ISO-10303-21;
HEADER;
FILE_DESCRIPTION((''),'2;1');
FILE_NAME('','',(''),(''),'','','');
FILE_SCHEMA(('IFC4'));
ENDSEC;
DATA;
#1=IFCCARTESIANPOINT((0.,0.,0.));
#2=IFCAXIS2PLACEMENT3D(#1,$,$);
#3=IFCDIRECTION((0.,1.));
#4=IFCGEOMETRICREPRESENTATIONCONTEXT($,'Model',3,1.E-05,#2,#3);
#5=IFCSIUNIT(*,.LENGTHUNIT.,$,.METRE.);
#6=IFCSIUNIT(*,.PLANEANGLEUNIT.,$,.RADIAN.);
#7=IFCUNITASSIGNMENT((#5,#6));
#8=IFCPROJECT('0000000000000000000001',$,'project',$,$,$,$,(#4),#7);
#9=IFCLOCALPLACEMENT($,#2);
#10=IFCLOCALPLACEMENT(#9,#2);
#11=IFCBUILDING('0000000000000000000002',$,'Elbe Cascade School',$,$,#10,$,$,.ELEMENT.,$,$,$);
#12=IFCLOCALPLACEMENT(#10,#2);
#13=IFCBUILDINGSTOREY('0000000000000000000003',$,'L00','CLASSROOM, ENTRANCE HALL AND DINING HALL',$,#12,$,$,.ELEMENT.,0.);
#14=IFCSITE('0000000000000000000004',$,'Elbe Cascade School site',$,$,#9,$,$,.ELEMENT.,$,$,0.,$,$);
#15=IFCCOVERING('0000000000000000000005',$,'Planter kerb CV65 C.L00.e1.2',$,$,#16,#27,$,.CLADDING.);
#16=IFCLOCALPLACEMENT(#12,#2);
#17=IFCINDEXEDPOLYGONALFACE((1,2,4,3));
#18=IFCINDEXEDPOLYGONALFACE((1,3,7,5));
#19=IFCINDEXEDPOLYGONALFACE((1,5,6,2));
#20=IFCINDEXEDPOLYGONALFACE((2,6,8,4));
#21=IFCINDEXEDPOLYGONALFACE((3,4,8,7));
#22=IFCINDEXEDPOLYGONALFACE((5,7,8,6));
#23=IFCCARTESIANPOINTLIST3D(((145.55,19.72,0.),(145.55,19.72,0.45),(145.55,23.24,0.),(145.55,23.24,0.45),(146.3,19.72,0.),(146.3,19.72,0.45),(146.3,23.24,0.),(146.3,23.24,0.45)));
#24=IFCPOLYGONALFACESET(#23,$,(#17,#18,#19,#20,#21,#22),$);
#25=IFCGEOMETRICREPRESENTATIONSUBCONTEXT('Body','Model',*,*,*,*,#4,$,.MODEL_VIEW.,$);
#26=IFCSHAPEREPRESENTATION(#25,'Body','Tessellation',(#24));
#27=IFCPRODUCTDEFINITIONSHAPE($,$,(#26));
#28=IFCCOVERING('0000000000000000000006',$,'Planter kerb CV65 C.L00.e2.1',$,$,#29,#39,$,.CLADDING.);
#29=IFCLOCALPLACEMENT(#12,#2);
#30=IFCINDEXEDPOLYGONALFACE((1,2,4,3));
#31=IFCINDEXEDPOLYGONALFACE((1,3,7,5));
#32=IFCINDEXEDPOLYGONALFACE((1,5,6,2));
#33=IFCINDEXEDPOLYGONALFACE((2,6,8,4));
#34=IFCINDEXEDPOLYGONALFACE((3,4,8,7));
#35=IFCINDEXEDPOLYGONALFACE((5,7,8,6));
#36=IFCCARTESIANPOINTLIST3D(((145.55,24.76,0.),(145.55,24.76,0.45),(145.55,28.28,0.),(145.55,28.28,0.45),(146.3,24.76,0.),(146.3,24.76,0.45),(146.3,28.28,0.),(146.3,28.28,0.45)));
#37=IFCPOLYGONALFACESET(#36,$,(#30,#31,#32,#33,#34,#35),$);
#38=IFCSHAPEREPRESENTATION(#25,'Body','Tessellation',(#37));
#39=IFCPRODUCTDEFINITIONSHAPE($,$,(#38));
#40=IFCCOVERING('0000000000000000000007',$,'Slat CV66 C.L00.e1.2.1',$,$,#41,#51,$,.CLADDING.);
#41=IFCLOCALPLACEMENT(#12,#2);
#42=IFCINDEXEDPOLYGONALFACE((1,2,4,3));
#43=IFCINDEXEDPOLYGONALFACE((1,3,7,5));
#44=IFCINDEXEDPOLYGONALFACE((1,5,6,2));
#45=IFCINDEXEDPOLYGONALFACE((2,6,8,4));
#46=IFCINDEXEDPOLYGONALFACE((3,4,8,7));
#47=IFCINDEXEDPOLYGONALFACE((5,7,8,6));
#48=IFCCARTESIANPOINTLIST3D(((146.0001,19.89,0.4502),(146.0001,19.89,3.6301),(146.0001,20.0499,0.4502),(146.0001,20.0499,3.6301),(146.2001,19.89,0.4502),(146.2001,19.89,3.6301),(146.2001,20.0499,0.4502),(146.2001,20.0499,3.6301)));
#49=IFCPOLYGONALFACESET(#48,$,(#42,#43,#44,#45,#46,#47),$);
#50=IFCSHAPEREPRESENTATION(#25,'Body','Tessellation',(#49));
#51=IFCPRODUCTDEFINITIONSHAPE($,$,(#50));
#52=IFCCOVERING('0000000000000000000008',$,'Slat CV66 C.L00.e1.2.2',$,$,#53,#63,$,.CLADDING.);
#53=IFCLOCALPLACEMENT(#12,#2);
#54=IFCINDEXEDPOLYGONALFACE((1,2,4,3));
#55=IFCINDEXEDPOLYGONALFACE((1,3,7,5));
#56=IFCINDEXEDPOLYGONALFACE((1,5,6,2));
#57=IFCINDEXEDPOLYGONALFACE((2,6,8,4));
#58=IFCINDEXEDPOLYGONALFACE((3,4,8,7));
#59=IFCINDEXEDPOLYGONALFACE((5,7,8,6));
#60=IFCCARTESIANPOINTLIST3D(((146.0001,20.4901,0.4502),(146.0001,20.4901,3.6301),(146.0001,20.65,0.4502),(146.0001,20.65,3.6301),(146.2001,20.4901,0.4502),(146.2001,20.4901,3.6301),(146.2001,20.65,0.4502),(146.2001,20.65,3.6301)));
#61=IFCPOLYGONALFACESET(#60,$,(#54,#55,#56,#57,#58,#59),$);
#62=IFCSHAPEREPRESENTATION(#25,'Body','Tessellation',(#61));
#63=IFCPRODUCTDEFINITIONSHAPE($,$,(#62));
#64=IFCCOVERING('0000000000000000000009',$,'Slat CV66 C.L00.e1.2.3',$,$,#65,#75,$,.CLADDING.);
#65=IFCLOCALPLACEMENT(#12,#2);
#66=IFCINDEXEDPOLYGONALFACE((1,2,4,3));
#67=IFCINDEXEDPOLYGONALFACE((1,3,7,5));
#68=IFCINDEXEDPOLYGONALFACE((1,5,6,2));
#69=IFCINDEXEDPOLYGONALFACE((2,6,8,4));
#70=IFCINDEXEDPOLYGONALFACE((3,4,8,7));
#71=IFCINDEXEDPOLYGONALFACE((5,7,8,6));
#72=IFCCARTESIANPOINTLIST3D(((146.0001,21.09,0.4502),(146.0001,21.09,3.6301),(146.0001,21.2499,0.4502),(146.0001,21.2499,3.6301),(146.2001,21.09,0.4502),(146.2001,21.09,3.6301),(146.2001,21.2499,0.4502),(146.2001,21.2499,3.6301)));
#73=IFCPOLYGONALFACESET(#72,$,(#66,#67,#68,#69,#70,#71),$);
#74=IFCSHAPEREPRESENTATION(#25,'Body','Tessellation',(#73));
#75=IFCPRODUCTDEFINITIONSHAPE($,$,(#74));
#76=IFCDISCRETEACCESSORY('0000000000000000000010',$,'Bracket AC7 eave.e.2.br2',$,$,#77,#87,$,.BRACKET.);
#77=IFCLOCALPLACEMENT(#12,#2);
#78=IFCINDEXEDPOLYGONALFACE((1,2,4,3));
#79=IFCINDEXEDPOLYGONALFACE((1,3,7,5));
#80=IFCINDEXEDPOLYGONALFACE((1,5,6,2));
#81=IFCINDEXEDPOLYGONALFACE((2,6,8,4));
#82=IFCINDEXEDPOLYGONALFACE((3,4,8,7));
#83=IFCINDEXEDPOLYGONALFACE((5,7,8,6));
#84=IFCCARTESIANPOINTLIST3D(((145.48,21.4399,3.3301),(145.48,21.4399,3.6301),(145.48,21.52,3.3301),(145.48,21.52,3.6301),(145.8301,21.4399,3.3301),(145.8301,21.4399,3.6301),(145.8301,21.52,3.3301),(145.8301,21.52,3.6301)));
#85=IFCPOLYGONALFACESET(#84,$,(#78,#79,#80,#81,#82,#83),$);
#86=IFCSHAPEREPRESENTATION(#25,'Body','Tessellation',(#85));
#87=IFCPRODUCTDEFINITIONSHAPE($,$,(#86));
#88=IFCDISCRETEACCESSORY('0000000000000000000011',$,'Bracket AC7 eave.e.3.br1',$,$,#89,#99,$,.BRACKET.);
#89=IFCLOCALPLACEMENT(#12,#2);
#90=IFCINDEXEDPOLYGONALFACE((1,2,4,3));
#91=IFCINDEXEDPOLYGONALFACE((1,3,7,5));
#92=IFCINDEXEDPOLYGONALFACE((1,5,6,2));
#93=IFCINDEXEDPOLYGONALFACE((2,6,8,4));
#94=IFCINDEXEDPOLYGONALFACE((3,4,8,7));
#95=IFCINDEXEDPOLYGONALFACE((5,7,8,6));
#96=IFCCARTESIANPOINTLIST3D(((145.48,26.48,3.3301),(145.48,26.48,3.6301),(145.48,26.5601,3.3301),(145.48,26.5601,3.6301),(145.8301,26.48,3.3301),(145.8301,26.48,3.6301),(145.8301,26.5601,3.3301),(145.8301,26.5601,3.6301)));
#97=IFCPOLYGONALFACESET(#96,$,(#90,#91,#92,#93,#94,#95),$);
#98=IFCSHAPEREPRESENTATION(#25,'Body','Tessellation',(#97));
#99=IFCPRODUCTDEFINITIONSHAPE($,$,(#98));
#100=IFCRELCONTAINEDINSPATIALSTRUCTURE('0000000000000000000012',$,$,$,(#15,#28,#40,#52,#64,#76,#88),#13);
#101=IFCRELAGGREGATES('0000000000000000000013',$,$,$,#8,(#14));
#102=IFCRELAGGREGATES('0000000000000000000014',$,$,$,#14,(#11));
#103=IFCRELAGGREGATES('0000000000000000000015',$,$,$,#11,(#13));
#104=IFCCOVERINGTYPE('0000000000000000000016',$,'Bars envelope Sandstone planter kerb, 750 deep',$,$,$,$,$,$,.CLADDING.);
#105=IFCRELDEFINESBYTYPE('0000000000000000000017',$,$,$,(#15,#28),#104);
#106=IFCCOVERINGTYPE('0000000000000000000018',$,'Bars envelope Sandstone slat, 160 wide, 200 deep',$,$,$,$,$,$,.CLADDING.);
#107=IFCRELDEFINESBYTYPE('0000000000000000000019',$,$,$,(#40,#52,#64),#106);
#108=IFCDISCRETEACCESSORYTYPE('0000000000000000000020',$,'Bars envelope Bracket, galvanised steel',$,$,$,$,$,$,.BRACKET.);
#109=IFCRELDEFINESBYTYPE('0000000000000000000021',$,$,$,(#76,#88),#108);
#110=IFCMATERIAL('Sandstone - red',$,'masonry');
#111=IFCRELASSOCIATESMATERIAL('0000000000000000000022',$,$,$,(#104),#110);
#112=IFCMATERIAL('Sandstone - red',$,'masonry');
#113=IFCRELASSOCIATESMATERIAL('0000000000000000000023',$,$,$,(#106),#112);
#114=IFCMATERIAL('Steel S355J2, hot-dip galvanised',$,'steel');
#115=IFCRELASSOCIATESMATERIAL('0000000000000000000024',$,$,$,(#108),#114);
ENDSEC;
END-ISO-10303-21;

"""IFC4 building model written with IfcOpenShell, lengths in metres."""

from ifc_helpers import new_model, si_unit, direction, frame, origin, origin_2d, place, context, subcontext, project, spatial, rectangle, extrude, material, type_object, element, save


model = new_model("IFC4")

# Units and contexts
model_context = context("Model", 3, precision=1e-05, world=origin(), true_north=direction((0.0, 1.0)))
body_context = subcontext(model_context, "Body", "Model", "MODEL_VIEW")
ifc_project = project(units=[si_unit("LENGTHUNIT", "METRE"), si_unit("PLANEANGLEUNIT", "RADIAN")], contexts=[model_context])

# Site, building, storey
site_placement = place(None, origin())
site = spatial("IfcSite", under=ifc_project, at=site_placement, Name="Elbe Cascade School site", CompositionType="ELEMENT", RefElevation=0.0)
building_placement = place(site_placement, origin())
building = spatial("IfcBuilding", under=site, at=building_placement, Name="Elbe Cascade School", CompositionType="ELEMENT")
storey_placement = place(building_placement, origin())
storey = spatial("IfcBuildingStorey", under=building, at=storey_placement, Name="L00", Description="CLASSROOM, ENTRANCE HALL AND DINING HALL", CompositionType="ELEMENT", Elevation=0.0)

# Coverings
ifc_material_1 = material(Name="Sandstone - red", Category="masonry")
covering_type_1 = type_object("IfcCoveringType", Name="Bars envelope Sandstone planter kerb, 750 deep", PredefinedType="CLADDING", material=ifc_material_1)
for number, where, z_axis, x_axis, name in (
    (1, (145.925, 21.48, 0.0), (0.0, 0.0, 1.0), (0.0, 1.0, 0.0), "Planter kerb CV65 C.L00.e1.2"),
    (2, (145.925, 26.52, 0.0), (0.0, 0.0, 1.0), (0.0, 1.0, 0.0), "Planter kerb CV65 C.L00.e2.1"),
):
    element("IfcCovering", number, at=place(storey_placement, frame(where, z_axis=z_axis, x_axis=x_axis)), inside=storey, type_object=covering_type_1, Name=name, PredefinedType="CLADDING", context=body_context, shape_type="SweptSolid", body=[
        extrude(rectangle(XDim=3.52, YDim=0.75, at=origin_2d()), origin(), (0.0, 0.0, 1.0), 0.45),
    ])
ifc_material_2 = material(Name="Sandstone - red", Category="masonry")
covering_type_2 = type_object("IfcCoveringType", Name="Bars envelope Sandstone slat, 160 wide, 200 deep", PredefinedType="CLADDING", material=ifc_material_2)
for number, where, z_axis, x_axis, name in (
    (3, (146.1001, 19.97, 0.4502), (0.0, 0.0, 1.0), (0.0, 1.0, 0.0), "Slat CV66 C.L00.e1.2.1"),
    (4, (146.1001, 20.5701, 0.4502), (0.0, 0.0, 1.0), (0.0, 1.0, 0.0), "Slat CV66 C.L00.e1.2.2"),
    (5, (146.1001, 21.1699, 0.4502), (0.0, 0.0, 1.0), (0.0, 1.0, 0.0), "Slat CV66 C.L00.e1.2.3"),
):
    element("IfcCovering", number, at=place(storey_placement, frame(where, z_axis=z_axis, x_axis=x_axis)), inside=storey, type_object=covering_type_2, Name=name, PredefinedType="CLADDING", context=body_context, shape_type="SweptSolid", body=[
        extrude(rectangle(XDim=0.1599, YDim=0.2, at=origin_2d()), origin(), (0.0, 0.0, 1.0), 3.1799),
    ])

# Discrete accessories
ifc_material_3 = material(Name="Steel S355J2, hot-dip galvanised", Category="steel")
discrete_accessory_type = type_object("IfcDiscreteAccessoryType", Name="Bars envelope Bracket, galvanised steel", PredefinedType="BRACKET", material=ifc_material_3)
for number, where, z_axis, x_axis, name in (
    (6, (145.655, 21.48, 3.3301), (0.0, 0.0, 1.0), (0.0, 1.0, 0.0), "Bracket AC7 eave.e.2.br2"),
    (7, (145.655, 26.52, 3.3301), (0.0, 0.0, 1.0), (0.0, 1.0, 0.0), "Bracket AC7 eave.e.3.br1"),
):
    element("IfcDiscreteAccessory", number, at=place(storey_placement, frame(where, z_axis=z_axis, x_axis=x_axis)), inside=storey, type_object=discrete_accessory_type, Name=name, PredefinedType="BRACKET", context=body_context, shape_type="SweptSolid", body=[
        extrude(rectangle(XDim=0.0801, YDim=0.3501, at=origin_2d()), origin(), (0.0, 0.0, 1.0), 0.3),
    ])

save(model, "model.ifc")
